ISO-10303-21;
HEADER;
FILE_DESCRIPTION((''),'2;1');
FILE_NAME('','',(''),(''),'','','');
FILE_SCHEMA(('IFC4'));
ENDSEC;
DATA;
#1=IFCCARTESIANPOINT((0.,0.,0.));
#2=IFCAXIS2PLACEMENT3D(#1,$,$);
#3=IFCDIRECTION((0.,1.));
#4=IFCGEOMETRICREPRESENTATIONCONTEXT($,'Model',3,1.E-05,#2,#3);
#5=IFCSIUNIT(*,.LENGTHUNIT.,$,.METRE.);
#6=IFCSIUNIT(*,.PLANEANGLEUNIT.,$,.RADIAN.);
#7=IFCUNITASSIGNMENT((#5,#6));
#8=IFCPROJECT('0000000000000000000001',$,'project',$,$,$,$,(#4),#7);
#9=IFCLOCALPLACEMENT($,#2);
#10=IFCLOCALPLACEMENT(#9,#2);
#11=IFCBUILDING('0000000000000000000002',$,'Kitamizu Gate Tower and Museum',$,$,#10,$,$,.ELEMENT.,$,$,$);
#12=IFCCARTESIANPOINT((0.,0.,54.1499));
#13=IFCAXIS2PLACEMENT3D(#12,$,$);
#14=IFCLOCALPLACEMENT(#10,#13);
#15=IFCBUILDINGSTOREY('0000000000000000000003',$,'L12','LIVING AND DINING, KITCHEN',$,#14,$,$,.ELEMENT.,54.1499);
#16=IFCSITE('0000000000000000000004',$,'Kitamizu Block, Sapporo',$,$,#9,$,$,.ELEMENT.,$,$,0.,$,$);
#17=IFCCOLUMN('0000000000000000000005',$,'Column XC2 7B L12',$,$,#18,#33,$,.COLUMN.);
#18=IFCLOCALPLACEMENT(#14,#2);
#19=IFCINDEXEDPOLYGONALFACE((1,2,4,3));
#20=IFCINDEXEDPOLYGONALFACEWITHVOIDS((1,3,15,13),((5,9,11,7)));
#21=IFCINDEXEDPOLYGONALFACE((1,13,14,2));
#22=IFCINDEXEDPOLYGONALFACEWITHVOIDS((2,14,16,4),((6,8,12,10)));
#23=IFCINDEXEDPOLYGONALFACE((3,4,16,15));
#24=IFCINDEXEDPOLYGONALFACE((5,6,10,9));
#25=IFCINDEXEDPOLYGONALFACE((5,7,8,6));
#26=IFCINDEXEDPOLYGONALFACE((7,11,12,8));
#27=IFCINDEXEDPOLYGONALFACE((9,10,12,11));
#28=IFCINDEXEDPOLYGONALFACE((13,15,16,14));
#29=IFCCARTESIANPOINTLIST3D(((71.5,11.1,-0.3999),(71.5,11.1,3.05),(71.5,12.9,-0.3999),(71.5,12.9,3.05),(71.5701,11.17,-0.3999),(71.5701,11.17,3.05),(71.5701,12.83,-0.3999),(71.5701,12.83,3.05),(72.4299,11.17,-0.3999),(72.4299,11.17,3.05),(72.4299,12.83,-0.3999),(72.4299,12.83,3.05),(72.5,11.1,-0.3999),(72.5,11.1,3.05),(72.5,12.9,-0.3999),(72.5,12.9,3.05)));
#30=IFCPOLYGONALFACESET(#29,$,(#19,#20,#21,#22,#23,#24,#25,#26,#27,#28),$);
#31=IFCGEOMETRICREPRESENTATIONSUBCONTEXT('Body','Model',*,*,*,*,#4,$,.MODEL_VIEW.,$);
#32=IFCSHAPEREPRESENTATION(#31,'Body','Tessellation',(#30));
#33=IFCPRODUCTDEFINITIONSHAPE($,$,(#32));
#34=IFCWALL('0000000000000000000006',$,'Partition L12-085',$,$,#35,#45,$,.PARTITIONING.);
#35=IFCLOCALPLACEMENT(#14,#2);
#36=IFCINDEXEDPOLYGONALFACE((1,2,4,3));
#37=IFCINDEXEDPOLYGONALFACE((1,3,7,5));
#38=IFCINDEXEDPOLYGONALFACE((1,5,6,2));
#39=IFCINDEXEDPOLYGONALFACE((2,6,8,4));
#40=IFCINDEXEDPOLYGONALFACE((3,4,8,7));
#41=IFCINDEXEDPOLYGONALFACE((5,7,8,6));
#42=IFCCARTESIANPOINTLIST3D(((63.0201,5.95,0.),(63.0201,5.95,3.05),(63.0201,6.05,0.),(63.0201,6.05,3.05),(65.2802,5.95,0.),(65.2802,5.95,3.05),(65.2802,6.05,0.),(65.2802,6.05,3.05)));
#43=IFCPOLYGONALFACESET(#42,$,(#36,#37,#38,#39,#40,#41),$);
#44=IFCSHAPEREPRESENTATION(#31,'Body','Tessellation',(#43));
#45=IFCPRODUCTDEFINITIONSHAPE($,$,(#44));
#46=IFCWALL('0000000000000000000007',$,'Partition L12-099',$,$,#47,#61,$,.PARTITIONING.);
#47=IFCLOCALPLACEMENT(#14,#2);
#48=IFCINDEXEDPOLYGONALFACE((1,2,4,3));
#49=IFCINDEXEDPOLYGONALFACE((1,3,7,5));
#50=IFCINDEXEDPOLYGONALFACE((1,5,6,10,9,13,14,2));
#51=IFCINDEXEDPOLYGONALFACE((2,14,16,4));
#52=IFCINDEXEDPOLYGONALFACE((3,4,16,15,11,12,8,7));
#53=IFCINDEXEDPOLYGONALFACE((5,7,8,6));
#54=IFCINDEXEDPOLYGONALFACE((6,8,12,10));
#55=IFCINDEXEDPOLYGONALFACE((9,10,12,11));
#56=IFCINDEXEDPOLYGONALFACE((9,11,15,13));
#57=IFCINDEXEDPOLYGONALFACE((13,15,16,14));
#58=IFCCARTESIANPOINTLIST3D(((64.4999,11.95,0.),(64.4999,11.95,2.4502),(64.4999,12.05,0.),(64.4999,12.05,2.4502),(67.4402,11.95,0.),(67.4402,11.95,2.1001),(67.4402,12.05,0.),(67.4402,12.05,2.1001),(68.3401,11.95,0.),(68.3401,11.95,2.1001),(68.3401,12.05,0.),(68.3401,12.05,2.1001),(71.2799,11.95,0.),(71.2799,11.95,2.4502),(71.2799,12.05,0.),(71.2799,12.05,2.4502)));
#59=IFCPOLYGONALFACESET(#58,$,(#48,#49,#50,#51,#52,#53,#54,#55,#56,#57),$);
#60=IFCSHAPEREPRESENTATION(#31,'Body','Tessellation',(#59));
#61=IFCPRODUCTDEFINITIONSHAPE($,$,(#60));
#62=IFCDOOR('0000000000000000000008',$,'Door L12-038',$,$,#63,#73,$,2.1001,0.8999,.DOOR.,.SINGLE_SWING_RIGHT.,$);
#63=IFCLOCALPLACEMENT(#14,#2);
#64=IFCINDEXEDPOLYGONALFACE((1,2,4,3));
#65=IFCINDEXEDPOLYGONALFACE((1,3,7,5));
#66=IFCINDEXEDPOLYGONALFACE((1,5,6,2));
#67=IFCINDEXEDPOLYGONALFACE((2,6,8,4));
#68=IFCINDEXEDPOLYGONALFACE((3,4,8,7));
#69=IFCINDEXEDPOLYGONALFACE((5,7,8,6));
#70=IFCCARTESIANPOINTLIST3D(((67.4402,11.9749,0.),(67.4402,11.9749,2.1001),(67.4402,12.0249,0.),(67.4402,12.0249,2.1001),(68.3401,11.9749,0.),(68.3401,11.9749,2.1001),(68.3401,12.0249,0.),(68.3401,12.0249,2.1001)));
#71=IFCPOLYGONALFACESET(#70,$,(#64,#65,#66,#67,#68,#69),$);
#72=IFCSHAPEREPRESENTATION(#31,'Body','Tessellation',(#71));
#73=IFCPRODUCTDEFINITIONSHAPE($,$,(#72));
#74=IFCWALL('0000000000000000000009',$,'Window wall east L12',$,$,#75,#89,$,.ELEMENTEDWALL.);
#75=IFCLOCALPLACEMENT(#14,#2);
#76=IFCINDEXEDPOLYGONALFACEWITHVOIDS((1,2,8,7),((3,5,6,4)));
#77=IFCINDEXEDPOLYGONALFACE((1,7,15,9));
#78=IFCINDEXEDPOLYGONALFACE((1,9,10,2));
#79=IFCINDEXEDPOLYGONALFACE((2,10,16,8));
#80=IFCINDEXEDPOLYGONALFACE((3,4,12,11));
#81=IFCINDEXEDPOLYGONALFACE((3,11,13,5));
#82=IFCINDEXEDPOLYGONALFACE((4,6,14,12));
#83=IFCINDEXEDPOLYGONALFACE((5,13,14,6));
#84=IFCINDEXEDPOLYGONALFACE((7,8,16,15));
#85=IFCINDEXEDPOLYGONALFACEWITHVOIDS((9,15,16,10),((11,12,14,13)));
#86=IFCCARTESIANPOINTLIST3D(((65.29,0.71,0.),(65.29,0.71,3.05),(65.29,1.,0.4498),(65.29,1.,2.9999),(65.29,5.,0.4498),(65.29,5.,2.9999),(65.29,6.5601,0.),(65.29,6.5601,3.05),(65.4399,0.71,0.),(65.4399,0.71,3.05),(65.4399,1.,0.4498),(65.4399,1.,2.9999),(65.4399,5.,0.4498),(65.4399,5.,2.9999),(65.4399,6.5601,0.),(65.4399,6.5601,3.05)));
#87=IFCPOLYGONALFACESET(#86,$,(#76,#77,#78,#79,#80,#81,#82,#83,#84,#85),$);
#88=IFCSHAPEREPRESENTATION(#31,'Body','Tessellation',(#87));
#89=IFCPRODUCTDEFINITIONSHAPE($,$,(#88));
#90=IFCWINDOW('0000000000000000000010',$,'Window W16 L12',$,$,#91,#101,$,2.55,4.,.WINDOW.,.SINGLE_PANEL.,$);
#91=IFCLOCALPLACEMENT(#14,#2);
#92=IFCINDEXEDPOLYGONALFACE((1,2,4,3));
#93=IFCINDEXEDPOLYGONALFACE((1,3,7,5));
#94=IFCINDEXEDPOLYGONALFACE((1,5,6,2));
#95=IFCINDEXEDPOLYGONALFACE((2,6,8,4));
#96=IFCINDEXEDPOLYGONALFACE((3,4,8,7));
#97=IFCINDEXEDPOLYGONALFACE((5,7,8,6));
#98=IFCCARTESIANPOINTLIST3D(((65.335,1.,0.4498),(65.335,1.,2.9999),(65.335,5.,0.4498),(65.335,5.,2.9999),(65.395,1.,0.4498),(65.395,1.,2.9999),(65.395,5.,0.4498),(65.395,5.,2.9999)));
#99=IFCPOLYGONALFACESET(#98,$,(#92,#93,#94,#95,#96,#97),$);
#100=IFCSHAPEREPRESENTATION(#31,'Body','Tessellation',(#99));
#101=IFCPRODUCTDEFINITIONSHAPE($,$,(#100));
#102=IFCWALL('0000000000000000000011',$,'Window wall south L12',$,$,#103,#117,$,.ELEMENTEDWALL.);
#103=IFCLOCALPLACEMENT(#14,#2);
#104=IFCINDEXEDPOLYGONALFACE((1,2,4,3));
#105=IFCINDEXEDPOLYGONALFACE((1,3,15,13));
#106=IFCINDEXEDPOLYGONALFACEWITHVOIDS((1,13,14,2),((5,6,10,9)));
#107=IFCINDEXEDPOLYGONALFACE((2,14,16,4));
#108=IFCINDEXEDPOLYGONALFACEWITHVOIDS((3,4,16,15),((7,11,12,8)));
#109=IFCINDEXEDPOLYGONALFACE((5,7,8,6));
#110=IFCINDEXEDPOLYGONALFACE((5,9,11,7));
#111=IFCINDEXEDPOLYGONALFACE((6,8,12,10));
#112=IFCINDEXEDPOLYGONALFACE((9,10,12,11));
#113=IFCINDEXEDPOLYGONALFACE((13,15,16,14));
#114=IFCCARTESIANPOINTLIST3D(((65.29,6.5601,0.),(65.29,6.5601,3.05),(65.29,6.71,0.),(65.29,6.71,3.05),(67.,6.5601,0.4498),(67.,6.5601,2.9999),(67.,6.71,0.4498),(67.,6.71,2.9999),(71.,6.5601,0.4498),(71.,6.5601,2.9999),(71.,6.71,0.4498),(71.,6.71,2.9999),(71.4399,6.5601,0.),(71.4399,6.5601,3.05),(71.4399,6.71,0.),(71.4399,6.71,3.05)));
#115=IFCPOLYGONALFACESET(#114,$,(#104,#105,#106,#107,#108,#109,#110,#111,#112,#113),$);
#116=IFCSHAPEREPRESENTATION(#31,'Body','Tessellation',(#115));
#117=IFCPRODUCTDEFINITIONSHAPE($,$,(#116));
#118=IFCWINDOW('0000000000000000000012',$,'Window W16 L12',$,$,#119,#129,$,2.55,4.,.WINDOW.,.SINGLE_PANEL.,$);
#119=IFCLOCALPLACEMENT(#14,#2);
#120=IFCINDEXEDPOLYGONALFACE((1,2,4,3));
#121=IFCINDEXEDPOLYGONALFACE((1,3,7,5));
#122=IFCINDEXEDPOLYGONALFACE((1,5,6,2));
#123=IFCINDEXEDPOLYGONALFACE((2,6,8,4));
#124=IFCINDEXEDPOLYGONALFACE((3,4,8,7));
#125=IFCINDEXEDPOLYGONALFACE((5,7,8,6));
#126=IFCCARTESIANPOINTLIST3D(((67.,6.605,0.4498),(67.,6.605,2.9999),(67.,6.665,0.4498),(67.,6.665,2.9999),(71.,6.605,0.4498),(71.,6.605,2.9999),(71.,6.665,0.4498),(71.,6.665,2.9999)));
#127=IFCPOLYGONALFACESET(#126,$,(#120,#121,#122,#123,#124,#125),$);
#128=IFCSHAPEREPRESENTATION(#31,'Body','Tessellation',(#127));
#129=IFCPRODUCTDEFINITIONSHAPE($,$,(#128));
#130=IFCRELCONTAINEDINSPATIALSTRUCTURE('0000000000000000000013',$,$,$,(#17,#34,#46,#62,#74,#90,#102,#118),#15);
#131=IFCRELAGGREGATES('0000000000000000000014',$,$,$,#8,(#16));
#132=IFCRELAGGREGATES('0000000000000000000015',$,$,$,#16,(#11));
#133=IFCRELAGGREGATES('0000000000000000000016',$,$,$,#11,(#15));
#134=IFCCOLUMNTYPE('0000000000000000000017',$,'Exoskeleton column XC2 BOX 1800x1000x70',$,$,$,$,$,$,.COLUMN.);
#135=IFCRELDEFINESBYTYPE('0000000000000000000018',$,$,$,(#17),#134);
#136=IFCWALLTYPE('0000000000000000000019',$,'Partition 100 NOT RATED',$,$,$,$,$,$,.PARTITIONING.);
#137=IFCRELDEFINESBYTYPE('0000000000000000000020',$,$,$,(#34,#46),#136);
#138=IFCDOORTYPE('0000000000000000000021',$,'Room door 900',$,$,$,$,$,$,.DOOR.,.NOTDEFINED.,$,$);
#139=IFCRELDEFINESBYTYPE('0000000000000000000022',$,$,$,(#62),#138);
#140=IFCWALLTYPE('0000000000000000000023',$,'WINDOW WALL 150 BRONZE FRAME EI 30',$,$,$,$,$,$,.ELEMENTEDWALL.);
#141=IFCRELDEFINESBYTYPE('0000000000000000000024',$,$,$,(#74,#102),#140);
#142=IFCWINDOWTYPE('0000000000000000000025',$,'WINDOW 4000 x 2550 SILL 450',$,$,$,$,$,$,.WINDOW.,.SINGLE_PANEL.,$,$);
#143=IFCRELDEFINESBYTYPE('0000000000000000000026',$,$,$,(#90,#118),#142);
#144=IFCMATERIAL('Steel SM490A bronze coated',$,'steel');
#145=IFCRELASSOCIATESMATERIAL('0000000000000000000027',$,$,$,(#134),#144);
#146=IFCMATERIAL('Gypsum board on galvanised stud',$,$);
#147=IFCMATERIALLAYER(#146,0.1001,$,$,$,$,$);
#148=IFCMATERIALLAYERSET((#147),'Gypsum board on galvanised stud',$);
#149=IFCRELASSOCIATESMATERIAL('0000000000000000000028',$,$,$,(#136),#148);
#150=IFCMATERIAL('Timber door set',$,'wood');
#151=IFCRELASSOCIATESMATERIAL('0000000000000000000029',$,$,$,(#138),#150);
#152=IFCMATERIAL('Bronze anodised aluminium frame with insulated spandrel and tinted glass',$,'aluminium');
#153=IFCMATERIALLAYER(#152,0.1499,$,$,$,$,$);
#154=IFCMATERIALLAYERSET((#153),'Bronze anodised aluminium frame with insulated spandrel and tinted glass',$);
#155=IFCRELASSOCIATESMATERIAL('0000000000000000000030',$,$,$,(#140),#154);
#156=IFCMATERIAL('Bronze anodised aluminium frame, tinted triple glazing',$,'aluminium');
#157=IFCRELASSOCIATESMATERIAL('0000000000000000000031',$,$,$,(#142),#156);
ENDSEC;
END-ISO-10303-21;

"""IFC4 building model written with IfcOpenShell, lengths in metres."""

from ifc_helpers import new_model, si_unit, direction, frame, frame_2d, origin, origin_2d, place, context, subcontext, project, spatial, rectangle, hollow_rectangle, extrude, material, layer, layer_set, material_profile, profile_set, type_object, element, fill, save


model = new_model("IFC4")

# Units and contexts
model_context = context("Model", 3, precision=1e-05, world=origin(), true_north=direction((0.0, 1.0)))
body_context = subcontext(model_context, "Body", "Model", "MODEL_VIEW")
ifc_project = project(units=[si_unit("LENGTHUNIT", "METRE"), si_unit("PLANEANGLEUNIT", "RADIAN")], contexts=[model_context])

# Site, building, storey
site_placement = place(None, origin())
site = spatial("IfcSite", under=ifc_project, at=site_placement, Name="Kitamizu Block, Sapporo", CompositionType="ELEMENT", RefElevation=0.0)
building_placement = place(site_placement, origin())
building = spatial("IfcBuilding", under=site, at=building_placement, Name="Kitamizu Gate Tower and Museum", CompositionType="ELEMENT")
storey_placement = place(building_placement, frame((0.0, 0.0, 54.1499)))
storey = spatial("IfcBuildingStorey", under=building, at=storey_placement, Name="L12", Description="LIVING AND DINING, KITCHEN", CompositionType="ELEMENT", Elevation=54.1499)

# Column
ifc_material_1 = material(Name="Steel SM490A bronze coated", Category="steel")
ifc_material_profile = material_profile(ifc_material_1, hollow_rectangle(XDim=1.8, YDim=1.0, WallThickness=0.0701, at=origin_2d()), Name="BOX 1800x1000x70")
ifc_profile_set = profile_set([ifc_material_profile], Name="Steel SM490A bronze coated")
column_type = type_object("IfcColumnType", Name="Exoskeleton column XC2 BOX 1800x1000x70", PredefinedType="COLUMN", material=ifc_profile_set)
column_placement = place(storey_placement, frame((72.0, 12.0, -0.3999), z_axis=(0.0, 0.0, 1.0), x_axis=(0.0, 1.0, 0.0)))
element("IfcColumn", 1, at=column_placement, inside=storey, type_object=column_type, Name="Column XC2 7B L12", PredefinedType="COLUMN", context=body_context, shape_type="SweptSolid", body=[
    extrude(hollow_rectangle(XDim=1.8, YDim=1.0, WallThickness=0.0701, at=origin_2d()), origin(), (0.0, 0.0, 1.0), 3.45),
])

# Wall
ifc_material_2 = material(Name="Gypsum board on galvanised stud")
ifc_layer_1 = layer(ifc_material_2, 0.1001)
ifc_layer_set_1 = layer_set([ifc_layer_1], Name="Gypsum board on galvanised stud")
wall_type_1 = type_object("IfcWallType", Name="Partition 100 NOT RATED", PredefinedType="PARTITIONING", material=ifc_layer_set_1)
wall_1_placement = place(storey_placement, frame((65.28, 6.0, 0.0), z_axis=(0.0, 0.0, 1.0), x_axis=(-1.0, 0.0, 0.0)))
element("IfcWall", 2, at=wall_1_placement, inside=storey, type_object=wall_type_1, Name="Partition L12-085", PredefinedType="PARTITIONING", context=body_context, shape_type="SweptSolid", body=[
    extrude(rectangle(XDim=2.26, YDim=0.1001, at=frame_2d((1.1299, 0.0))), origin(), (0.0, 0.0, 1.0), 3.05),
])

# Wall, opening, door
wall_2_placement = place(storey_placement, frame((71.28, 12.0, 0.0), z_axis=(0.0, 0.0, 1.0), x_axis=(-1.0, 0.0, 0.0)))
wall_2 = element("IfcWall", 3, at=wall_2_placement, inside=storey, type_object=wall_type_1, Name="Partition L12-099", PredefinedType="PARTITIONING", context=body_context, shape_type="SweptSolid", body=[
    extrude(rectangle(XDim=6.78, YDim=0.1001, at=frame_2d((3.3901, 0.0))), origin(), (0.0, 0.0, 1.0), 2.4502),
])
opening_1_placement = place(wall_2_placement, frame((2.9399, 0.0, 0.0)))
opening_1 = element("IfcOpeningElement", 4, at=opening_1_placement, cuts=wall_2, PredefinedType="OPENING", context=body_context, shape_type="SweptSolid", body=[
    extrude(rectangle(XDim=0.8999, YDim=2.1001, at=frame_2d((0.45, 1.05))), frame((0.0, 0.0601, 0.0), z_axis=(0.0, -1.0, 0.0), x_axis=(1.0, 0.0, 0.0)), (0.0, 0.0, 1.0), 0.1201),
])
ifc_material_3 = material(Name="Timber door set", Category="wood")
door_type = type_object("IfcDoorType", Name="Room door 900", OperationType="NOTDEFINED", PredefinedType="DOOR", material=ifc_material_3)
door_placement = place(opening_1_placement, frame((0.8999, 0.0, 0.0), x_axis=(-1.0, 0.0, 0.0)))
door = element("IfcDoor", 5, at=door_placement, inside=storey, type_object=door_type, Name="Door L12-038", OperationType="SINGLE_SWING_RIGHT", OverallHeight=2.1001, OverallWidth=0.8999, PredefinedType="DOOR", context=body_context, shape_type="SweptSolid", body=[
    extrude(rectangle(XDim=0.8999, YDim=2.1001, at=frame_2d((0.45, 1.05))), frame((0.0, 0.0249, 0.0), z_axis=(0.0, -1.0, 0.0), x_axis=(1.0, 0.0, 0.0)), (0.0, 0.0, 1.0), 0.05),
])
fill(opening_1, door)

# Walls, openings, windows
ifc_material_4 = material(Name="Bronze anodised aluminium frame with insulated spandrel and tinted glass", Category="aluminium")
ifc_layer_2 = layer(ifc_material_4, 0.1499)
ifc_layer_set_2 = layer_set([ifc_layer_2], Name="Bronze anodised aluminium frame with insulated spandrel and tinted glass")
wall_type_2 = type_object("IfcWallType", Name="WINDOW WALL 150 BRONZE FRAME EI 30", PredefinedType="ELEMENTEDWALL", material=ifc_layer_set_2)
wall_3_placement = place(storey_placement, frame((65.365, 0.71, 0.0), z_axis=(0.0, 0.0, 1.0), x_axis=(0.0, 1.0, 0.0)))
wall_3 = element("IfcWall", 6, at=wall_3_placement, inside=storey, type_object=wall_type_2, Name="Window wall east L12", PredefinedType="ELEMENTEDWALL", context=body_context, shape_type="SweptSolid", body=[
    extrude(rectangle(XDim=5.8501, YDim=0.1499, at=frame_2d((2.925, 0.0))), origin(), (0.0, 0.0, 1.0), 3.05),
])
opening_2_placement = place(wall_3_placement, frame((0.29, 0.0, 0.45)))
opening_2 = element("IfcOpeningElement", 7, at=opening_2_placement, cuts=wall_3, PredefinedType="OPENING", context=body_context, shape_type="SweptSolid", body=[
    extrude(rectangle(XDim=4.0, YDim=2.55, at=frame_2d((2.0, 1.2749))), frame((0.0, 0.085, 0.0), z_axis=(0.0, -1.0, 0.0), x_axis=(1.0, 0.0, 0.0)), (0.0, 0.0, 1.0), 0.1699),
])
ifc_material_5 = material(Name="Bronze anodised aluminium frame, tinted triple glazing", Category="aluminium")
window_type_1 = type_object("IfcWindowType", Name="WINDOW 4000 x 2550 SILL 450", PartitioningType="SINGLE_PANEL", PredefinedType="WINDOW", material=ifc_material_5)
window_1_placement = place(opening_2_placement, origin())
window_1 = element("IfcWindow", 8, at=window_1_placement, inside=storey, type_object=window_type_1, Name="Window W16 L12", OverallHeight=2.55, OverallWidth=4.0, PartitioningType="SINGLE_PANEL", PredefinedType="WINDOW", context=body_context, shape_type="SweptSolid", body=[
    extrude(rectangle(XDim=4.0, YDim=2.55, at=frame_2d((2.0, 1.2749))), frame((0.0, 0.03, 0.0), z_axis=(0.0, -1.0, 0.0), x_axis=(1.0, 0.0, 0.0)), (0.0, 0.0, 1.0), 0.0601),
])
fill(opening_2, window_1)
wall_4_placement = place(storey_placement, frame((65.29, 6.635, 0.0), z_axis=(0.0, 0.0, 1.0), x_axis=(1.0, 0.0, 0.0)))
wall_4 = element("IfcWall", 9, at=wall_4_placement, inside=storey, type_object=wall_type_2, Name="Window wall south L12", PredefinedType="ELEMENTEDWALL", context=body_context, shape_type="SweptSolid", body=[
    extrude(rectangle(XDim=6.1499, YDim=0.1499, at=frame_2d((3.075, 0.0))), origin(), (0.0, 0.0, 1.0), 3.05),
])
opening_3_placement = place(wall_4_placement, frame((1.71, 0.0, 0.45)))
opening_3 = element("IfcOpeningElement", 10, at=opening_3_placement, cuts=wall_4, PredefinedType="OPENING", context=body_context, shape_type="SweptSolid", body=[
    extrude(rectangle(XDim=4.0, YDim=2.55, at=frame_2d((2.0, 1.2749))), frame((0.0, 0.085, 0.0), z_axis=(0.0, -1.0, 0.0), x_axis=(1.0, 0.0, 0.0)), (0.0, 0.0, 1.0), 0.1699),
])
window_2_placement = place(opening_3_placement, origin())
window_2 = element("IfcWindow", 11, at=window_2_placement, inside=storey, type_object=window_type_1, Name="Window W16 L12", OverallHeight=2.55, OverallWidth=4.0, PartitioningType="SINGLE_PANEL", PredefinedType="WINDOW", context=body_context, shape_type="SweptSolid", body=[
    extrude(rectangle(XDim=4.0, YDim=2.55, at=frame_2d((2.0, 1.2749))), frame((0.0, 0.03, 0.0), z_axis=(0.0, -1.0, 0.0), x_axis=(1.0, 0.0, 0.0)), (0.0, 0.0, 1.0), 0.0601),
])
fill(opening_3, window_2)

save(model, "model.ifc")
